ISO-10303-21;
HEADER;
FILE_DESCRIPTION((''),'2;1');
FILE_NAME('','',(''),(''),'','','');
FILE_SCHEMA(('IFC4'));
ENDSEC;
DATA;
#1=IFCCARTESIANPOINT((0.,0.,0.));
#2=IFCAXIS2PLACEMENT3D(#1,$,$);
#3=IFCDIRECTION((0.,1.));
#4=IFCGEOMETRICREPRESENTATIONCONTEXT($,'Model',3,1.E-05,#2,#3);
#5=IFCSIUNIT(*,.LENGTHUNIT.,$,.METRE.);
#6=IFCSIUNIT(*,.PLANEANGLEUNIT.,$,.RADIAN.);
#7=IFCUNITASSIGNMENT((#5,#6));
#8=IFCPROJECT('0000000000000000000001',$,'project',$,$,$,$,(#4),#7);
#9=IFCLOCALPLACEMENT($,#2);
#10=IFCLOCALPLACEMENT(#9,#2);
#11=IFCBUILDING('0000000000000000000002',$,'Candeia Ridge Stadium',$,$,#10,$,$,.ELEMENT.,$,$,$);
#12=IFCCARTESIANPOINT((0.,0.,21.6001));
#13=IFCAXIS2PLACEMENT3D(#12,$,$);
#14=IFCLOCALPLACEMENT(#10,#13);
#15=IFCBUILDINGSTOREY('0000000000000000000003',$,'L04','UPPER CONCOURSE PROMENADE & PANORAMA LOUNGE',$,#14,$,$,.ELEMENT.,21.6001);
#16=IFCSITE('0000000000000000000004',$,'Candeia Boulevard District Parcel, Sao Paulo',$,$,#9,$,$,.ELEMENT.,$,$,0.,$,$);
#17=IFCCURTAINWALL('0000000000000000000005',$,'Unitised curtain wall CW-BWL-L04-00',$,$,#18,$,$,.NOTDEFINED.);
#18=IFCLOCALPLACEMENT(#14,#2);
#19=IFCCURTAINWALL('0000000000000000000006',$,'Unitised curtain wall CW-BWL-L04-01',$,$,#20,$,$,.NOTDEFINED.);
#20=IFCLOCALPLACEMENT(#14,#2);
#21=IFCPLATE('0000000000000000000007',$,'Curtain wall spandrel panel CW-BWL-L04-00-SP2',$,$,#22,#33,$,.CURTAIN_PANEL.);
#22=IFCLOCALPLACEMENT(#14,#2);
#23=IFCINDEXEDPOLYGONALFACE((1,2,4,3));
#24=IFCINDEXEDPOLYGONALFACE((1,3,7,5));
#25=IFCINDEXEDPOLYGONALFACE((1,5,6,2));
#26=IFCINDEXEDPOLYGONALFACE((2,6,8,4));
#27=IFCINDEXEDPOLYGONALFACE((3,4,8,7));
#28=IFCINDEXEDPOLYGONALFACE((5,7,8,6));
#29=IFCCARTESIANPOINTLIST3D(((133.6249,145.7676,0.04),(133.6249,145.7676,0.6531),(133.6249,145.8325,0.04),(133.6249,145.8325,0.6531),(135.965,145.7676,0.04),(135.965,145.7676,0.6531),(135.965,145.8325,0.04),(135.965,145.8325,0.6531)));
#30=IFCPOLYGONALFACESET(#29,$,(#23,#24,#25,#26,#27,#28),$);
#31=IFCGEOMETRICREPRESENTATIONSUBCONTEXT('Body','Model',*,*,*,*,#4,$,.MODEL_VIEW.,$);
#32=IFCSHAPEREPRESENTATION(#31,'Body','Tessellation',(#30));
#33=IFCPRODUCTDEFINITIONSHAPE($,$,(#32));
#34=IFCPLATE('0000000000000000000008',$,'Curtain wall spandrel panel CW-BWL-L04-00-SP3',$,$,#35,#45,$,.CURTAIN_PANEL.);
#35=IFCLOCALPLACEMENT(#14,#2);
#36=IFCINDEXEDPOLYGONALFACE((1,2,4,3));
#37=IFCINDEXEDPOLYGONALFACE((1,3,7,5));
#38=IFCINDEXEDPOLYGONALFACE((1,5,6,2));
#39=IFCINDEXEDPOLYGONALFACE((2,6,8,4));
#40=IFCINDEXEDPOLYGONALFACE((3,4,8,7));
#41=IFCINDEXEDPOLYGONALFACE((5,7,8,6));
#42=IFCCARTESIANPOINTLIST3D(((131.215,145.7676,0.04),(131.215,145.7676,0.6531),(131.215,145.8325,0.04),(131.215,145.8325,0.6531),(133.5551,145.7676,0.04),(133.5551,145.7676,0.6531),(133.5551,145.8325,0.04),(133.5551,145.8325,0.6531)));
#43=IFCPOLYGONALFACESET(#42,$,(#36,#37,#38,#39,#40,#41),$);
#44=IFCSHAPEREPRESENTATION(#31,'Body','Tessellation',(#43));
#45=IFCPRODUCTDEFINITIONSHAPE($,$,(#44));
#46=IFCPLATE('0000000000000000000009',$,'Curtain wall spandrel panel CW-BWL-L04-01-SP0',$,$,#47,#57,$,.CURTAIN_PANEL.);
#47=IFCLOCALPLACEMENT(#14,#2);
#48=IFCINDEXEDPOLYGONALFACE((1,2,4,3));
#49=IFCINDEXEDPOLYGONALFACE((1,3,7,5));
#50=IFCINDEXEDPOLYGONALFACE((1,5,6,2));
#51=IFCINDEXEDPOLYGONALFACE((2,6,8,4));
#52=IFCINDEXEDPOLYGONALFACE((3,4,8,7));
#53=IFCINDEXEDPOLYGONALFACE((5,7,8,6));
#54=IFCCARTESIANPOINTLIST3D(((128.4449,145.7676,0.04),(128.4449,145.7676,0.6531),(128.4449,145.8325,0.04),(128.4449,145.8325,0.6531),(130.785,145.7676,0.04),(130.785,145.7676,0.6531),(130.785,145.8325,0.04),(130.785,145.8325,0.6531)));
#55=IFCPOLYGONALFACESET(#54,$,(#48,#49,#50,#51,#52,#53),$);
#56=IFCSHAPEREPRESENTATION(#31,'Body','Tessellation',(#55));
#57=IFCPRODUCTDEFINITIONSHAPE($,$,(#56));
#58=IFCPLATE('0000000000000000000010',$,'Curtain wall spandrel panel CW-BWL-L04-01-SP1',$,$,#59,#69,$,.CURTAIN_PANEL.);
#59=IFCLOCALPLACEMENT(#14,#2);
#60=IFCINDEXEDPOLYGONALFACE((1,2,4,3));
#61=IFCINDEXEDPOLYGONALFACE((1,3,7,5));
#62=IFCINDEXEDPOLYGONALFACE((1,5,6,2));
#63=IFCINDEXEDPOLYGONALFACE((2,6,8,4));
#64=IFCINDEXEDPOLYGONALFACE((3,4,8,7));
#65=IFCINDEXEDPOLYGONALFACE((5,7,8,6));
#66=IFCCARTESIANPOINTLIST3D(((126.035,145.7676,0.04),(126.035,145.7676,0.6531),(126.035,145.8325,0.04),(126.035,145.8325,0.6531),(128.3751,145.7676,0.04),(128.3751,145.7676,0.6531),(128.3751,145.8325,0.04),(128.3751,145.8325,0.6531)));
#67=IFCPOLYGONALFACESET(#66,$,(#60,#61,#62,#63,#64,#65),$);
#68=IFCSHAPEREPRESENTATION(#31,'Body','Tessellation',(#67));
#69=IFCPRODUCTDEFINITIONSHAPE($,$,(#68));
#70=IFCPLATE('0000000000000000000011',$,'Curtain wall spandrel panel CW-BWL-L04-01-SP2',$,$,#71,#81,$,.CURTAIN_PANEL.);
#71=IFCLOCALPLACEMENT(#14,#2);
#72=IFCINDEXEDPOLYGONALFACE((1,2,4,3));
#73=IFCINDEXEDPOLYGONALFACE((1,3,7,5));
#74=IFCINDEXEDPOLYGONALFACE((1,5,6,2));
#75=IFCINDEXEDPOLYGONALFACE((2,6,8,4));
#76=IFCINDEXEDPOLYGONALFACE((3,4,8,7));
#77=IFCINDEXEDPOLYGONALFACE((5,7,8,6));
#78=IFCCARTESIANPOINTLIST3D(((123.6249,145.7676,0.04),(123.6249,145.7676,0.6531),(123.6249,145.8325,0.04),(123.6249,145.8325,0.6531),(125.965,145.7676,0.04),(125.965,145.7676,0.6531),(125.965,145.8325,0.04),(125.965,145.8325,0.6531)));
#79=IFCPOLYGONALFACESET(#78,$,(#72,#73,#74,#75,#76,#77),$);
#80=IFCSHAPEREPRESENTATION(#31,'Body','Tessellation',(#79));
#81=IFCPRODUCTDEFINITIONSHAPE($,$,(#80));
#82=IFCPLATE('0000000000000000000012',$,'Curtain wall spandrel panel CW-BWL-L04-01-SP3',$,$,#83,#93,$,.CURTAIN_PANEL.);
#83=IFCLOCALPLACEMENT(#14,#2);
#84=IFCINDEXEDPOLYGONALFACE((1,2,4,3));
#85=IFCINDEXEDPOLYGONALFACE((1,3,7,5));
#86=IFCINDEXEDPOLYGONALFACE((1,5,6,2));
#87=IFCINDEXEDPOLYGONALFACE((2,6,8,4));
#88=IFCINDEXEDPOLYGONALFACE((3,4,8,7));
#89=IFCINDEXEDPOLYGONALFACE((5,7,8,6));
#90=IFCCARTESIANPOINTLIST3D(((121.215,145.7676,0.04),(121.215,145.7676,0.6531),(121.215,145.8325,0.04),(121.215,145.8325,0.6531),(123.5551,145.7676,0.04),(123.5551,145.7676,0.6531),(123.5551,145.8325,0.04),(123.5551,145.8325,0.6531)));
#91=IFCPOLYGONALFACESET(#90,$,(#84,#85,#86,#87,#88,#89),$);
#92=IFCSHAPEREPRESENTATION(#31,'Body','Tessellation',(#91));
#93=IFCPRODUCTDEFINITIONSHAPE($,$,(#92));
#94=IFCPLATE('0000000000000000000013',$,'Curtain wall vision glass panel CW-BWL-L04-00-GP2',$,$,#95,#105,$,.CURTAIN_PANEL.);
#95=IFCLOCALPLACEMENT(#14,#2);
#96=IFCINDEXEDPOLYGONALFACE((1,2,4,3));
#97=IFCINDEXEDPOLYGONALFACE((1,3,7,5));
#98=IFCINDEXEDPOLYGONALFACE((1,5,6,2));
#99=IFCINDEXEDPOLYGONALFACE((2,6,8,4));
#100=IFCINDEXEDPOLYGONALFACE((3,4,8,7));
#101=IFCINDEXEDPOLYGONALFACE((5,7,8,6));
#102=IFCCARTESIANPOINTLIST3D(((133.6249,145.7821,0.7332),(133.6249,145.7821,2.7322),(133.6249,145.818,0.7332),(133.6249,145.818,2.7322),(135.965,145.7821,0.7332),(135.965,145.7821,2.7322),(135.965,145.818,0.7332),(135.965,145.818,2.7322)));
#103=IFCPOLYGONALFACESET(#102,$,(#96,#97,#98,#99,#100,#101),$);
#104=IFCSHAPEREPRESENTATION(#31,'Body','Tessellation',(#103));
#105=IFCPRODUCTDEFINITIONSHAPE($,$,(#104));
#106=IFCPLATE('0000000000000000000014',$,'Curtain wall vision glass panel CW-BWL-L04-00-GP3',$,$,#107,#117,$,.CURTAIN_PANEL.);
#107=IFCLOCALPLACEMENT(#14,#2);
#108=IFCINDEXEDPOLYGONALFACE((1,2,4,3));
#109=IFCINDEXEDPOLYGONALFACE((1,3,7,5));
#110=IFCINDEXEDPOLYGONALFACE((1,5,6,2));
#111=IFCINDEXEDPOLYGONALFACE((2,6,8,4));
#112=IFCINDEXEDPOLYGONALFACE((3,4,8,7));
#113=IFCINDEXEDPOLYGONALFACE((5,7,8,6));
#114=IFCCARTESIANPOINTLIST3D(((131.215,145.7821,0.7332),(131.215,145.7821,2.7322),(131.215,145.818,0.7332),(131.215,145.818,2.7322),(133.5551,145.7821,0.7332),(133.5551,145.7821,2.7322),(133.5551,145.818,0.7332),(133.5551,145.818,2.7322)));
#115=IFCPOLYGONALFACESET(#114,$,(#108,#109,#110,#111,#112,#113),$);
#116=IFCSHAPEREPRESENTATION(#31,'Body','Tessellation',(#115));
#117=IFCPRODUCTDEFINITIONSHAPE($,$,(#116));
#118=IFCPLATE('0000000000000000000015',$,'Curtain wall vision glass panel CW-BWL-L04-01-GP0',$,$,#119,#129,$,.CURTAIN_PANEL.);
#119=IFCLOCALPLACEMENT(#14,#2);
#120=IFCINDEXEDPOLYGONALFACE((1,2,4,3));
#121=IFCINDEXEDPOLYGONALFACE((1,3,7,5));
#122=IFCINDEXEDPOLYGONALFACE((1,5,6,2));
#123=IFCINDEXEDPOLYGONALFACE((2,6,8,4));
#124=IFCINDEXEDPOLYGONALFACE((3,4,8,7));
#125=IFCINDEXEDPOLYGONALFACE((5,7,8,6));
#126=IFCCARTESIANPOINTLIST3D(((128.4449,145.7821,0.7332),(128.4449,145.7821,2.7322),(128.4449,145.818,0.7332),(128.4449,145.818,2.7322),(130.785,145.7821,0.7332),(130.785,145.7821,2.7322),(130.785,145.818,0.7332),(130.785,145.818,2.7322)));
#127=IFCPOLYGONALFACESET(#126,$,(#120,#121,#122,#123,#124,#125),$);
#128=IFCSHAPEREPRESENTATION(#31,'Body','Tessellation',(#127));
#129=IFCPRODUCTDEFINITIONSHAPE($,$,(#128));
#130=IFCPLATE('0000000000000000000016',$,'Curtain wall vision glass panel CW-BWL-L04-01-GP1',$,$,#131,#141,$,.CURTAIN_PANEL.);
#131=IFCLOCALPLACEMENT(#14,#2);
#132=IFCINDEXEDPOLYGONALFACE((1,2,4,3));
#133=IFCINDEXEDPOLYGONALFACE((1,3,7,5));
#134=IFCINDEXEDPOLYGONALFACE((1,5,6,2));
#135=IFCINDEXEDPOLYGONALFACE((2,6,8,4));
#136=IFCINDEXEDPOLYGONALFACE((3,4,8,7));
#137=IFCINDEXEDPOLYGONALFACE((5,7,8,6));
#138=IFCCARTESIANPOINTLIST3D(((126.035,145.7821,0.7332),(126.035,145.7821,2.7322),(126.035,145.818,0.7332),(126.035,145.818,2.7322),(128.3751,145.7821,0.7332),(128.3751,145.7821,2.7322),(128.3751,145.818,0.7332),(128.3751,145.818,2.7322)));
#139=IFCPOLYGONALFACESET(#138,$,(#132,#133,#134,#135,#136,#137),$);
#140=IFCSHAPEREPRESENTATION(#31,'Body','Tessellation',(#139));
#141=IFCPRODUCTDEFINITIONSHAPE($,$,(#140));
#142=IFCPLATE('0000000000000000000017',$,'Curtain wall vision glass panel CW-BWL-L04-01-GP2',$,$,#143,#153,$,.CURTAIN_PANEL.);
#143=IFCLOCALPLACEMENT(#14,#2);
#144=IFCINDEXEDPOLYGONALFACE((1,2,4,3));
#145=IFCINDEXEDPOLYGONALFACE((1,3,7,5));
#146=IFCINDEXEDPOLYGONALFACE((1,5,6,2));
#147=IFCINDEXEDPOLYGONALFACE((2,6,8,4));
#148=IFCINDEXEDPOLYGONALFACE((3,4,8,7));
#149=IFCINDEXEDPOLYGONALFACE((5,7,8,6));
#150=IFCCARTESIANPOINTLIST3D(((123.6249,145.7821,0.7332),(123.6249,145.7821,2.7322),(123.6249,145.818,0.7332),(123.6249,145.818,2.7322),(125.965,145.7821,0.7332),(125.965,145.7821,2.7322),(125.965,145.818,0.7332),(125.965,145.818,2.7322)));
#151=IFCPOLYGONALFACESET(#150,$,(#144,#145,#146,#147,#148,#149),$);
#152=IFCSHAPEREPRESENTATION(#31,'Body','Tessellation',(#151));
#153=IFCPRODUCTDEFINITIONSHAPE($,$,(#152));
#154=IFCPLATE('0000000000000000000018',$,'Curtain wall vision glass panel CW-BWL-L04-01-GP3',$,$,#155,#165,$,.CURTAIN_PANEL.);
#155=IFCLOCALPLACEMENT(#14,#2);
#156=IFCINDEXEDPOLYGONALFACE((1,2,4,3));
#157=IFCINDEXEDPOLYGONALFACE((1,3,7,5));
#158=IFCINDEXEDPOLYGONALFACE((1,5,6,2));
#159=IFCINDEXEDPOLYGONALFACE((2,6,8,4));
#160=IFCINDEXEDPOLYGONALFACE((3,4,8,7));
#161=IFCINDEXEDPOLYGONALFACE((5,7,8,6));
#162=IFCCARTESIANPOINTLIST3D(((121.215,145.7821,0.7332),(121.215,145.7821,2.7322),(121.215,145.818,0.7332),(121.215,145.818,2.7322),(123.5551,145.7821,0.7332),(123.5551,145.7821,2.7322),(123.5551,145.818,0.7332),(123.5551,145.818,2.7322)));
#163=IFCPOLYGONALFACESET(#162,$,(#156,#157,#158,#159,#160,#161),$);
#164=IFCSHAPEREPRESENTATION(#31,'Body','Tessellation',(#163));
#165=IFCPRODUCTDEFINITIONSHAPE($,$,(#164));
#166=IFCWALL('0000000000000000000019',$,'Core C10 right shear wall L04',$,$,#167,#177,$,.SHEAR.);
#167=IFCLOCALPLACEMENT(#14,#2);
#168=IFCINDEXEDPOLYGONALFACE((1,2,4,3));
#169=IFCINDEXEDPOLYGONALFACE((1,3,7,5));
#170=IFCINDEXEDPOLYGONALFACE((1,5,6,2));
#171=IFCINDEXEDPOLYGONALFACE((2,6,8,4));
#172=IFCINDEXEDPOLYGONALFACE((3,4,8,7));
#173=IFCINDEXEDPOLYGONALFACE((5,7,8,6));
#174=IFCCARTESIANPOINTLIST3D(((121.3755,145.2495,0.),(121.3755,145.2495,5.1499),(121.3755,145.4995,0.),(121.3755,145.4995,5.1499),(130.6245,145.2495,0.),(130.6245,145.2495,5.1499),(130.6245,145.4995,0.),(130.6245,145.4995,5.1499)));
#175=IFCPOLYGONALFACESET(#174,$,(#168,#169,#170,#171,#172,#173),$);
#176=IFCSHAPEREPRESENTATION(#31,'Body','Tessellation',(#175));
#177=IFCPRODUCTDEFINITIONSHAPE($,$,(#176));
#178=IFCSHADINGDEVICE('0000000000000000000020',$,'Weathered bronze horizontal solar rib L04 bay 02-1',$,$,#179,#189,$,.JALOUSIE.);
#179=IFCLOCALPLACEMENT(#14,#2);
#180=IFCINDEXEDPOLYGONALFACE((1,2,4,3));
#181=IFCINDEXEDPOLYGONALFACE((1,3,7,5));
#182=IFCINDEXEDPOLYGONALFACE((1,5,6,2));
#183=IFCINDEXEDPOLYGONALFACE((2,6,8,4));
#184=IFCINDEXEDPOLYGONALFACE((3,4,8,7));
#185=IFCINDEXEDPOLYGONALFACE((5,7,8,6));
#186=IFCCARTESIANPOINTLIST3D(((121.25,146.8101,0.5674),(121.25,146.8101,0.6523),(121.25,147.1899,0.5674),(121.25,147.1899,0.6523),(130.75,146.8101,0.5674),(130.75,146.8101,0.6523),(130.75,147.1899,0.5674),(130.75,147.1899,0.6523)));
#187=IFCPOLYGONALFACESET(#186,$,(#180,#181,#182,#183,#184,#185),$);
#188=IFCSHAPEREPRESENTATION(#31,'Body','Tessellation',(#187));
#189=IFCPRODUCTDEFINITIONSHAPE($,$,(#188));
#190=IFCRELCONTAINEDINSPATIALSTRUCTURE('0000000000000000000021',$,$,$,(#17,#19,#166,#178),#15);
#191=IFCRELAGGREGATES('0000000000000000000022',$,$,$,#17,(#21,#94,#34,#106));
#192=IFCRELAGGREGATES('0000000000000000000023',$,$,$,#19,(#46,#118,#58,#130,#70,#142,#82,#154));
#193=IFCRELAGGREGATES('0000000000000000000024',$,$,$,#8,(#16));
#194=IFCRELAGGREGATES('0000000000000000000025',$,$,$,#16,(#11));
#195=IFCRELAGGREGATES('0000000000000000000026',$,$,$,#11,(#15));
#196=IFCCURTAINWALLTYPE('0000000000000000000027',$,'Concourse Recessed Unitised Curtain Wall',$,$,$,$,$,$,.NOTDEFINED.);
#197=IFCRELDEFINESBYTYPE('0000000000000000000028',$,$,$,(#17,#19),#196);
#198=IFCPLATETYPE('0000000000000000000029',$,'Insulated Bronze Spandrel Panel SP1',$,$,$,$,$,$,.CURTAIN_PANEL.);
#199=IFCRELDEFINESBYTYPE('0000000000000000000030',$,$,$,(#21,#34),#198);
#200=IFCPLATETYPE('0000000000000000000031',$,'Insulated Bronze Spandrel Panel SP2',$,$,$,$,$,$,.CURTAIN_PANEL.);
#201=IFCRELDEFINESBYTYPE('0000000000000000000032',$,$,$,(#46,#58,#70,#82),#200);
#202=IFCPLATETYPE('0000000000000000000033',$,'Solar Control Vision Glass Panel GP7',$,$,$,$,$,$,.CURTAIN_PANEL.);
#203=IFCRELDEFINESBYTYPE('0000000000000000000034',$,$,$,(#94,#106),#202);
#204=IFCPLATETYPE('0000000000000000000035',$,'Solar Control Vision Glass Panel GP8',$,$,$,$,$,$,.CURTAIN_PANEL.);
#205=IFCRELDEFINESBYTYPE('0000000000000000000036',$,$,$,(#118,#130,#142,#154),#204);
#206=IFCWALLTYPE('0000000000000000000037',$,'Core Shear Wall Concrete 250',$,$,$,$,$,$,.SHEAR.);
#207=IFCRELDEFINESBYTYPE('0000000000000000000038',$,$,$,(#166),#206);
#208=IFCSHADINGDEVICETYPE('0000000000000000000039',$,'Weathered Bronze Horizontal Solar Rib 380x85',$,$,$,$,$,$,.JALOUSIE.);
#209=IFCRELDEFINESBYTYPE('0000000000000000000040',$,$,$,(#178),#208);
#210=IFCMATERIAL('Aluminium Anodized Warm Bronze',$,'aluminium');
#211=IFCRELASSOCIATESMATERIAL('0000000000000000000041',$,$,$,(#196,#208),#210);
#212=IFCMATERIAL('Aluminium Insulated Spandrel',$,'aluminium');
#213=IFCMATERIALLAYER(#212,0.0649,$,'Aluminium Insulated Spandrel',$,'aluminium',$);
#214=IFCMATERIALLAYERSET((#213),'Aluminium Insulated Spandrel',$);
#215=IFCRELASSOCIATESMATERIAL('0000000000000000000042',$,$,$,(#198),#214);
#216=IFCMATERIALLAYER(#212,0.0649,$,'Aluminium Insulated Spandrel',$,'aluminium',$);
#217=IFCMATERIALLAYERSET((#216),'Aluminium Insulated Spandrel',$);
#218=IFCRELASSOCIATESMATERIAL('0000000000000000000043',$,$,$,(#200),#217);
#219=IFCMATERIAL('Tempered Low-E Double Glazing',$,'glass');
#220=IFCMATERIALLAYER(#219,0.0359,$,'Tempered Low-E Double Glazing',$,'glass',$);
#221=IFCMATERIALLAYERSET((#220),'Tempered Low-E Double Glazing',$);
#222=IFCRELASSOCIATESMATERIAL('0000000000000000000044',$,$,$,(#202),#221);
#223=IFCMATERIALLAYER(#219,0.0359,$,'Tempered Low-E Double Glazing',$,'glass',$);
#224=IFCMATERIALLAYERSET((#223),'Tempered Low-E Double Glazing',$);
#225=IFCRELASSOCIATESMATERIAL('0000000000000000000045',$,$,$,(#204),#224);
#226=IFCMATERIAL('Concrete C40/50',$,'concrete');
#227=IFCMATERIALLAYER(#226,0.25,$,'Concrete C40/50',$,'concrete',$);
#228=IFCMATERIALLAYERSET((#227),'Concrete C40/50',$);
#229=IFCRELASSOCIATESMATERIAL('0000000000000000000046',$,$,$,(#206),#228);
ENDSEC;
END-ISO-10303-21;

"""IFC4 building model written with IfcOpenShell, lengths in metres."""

from ifc_helpers import new_model, si_unit, direction, frame, frame_2d, origin, origin_2d, place, context, subcontext, project, spatial, rectangle, extrude, material, layer, layer_set, type_object, element, aggregate, save


model = new_model("IFC4")

# Units and contexts
model_context = context("Model", 3, precision=1e-05, world=origin(), true_north=direction((0.0, 1.0)))
body_context = subcontext(model_context, "Body", "Model", "MODEL_VIEW")
ifc_project = project(units=[si_unit("LENGTHUNIT", "METRE"), si_unit("PLANEANGLEUNIT", "RADIAN")], contexts=[model_context])

# Site, building, storey
site_placement = place(None, origin())
site = spatial("IfcSite", under=ifc_project, at=site_placement, Name="Candeia Boulevard District Parcel, Sao Paulo", CompositionType="ELEMENT", RefElevation=0.0)
building_placement = place(site_placement, origin())
building = spatial("IfcBuilding", under=site, at=building_placement, Name="Candeia Ridge Stadium", CompositionType="ELEMENT")
storey_placement = place(building_placement, frame((0.0, 0.0, 21.6001)))
storey = spatial("IfcBuildingStorey", under=building, at=storey_placement, Name="L04", Description="UPPER CONCOURSE PROMENADE & PANORAMA LOUNGE", CompositionType="ELEMENT", Elevation=21.6001)

# Curtain wall
ifc_material_1 = material(Name="Aluminium Anodized Warm Bronze", Category="aluminium")
curtain_wall_type = type_object("IfcCurtainWallType", Name="Concourse Recessed Unitised Curtain Wall", PredefinedType="NOTDEFINED", material=ifc_material_1)
curtain_wall_1_placement = place(storey_placement, origin())
curtain_wall_1 = element("IfcCurtainWall", 1, at=curtain_wall_1_placement, inside=storey, type_object=curtain_wall_type, Name="Unitised curtain wall CW-BWL-L04-00", PredefinedType="NOTDEFINED")

# Curtain wall
curtain_wall_2_placement = place(storey_placement, origin())
curtain_wall_2 = element("IfcCurtainWall", 2, at=curtain_wall_2_placement, inside=storey, type_object=curtain_wall_type, Name="Unitised curtain wall CW-BWL-L04-01", PredefinedType="NOTDEFINED")

# Shared definitions
ifc_material_2 = material(Name="Concrete C40/50", Category="concrete")

# Plates
ifc_material_3 = material(Name="Aluminium Insulated Spandrel", Category="aluminium")
ifc_layer_1 = layer(ifc_material_3, 0.0649, Name="Aluminium Insulated Spandrel", Category="aluminium")
ifc_layer_set_1 = layer_set([ifc_layer_1], Name="Aluminium Insulated Spandrel")
plate_type_1 = type_object("IfcPlateType", Name="Insulated Bronze Spandrel Panel SP1", PredefinedType="CURTAIN_PANEL", material=ifc_layer_set_1)
plate_1_placement = place(storey_placement, frame((134.7949, 145.8, 0.04), z_axis=(0.0, 0.0, 1.0), x_axis=(-1.0, 0.0, 0.0)))
plate_1 = element("IfcPlate", 3, at=plate_1_placement, type_object=plate_type_1, Name="Curtain wall spandrel panel CW-BWL-L04-00-SP2", PredefinedType="CURTAIN_PANEL", context=body_context, shape_type="SweptSolid", body=[
    extrude(rectangle(XDim=2.3401, YDim=0.0649, at=origin_2d()), origin(), (0.0, 0.0, 1.0), 0.613),
])
plate_2_placement = place(storey_placement, frame((132.385, 145.8, 0.04), z_axis=(0.0, 0.0, 1.0), x_axis=(-1.0, 0.0, 0.0)))
plate_2 = element("IfcPlate", 4, at=plate_2_placement, type_object=plate_type_1, Name="Curtain wall spandrel panel CW-BWL-L04-00-SP3", PredefinedType="CURTAIN_PANEL", context=body_context, shape_type="SweptSolid", body=[
    extrude(rectangle(XDim=2.3401, YDim=0.0649, at=origin_2d()), origin(), (0.0, 0.0, 1.0), 0.613),
])
ifc_layer_2 = layer(ifc_material_3, 0.0649, Name="Aluminium Insulated Spandrel", Category="aluminium")
ifc_layer_set_2 = layer_set([ifc_layer_2], Name="Aluminium Insulated Spandrel")
plate_type_2 = type_object("IfcPlateType", Name="Insulated Bronze Spandrel Panel SP2", PredefinedType="CURTAIN_PANEL", material=ifc_layer_set_2)
plate_3_placement = place(storey_placement, frame((129.615, 145.8, 0.04), z_axis=(0.0, 0.0, 1.0), x_axis=(-1.0, 0.0, 0.0)))
plate_3 = element("IfcPlate", 5, at=plate_3_placement, type_object=plate_type_2, Name="Curtain wall spandrel panel CW-BWL-L04-01-SP0", PredefinedType="CURTAIN_PANEL", context=body_context, shape_type="SweptSolid", body=[
    extrude(rectangle(XDim=2.3401, YDim=0.0649, at=origin_2d()), origin(), (0.0, 0.0, 1.0), 0.613),
])
plate_4_placement = place(storey_placement, frame((127.2051, 145.8, 0.04), z_axis=(0.0, 0.0, 1.0), x_axis=(-1.0, 0.0, 0.0)))
plate_4 = element("IfcPlate", 6, at=plate_4_placement, type_object=plate_type_2, Name="Curtain wall spandrel panel CW-BWL-L04-01-SP1", PredefinedType="CURTAIN_PANEL", context=body_context, shape_type="SweptSolid", body=[
    extrude(rectangle(XDim=2.3401, YDim=0.0649, at=origin_2d()), origin(), (0.0, 0.0, 1.0), 0.613),
])
plate_5_placement = place(storey_placement, frame((124.7949, 145.8, 0.04), z_axis=(0.0, 0.0, 1.0), x_axis=(-1.0, 0.0, 0.0)))
plate_5 = element("IfcPlate", 7, at=plate_5_placement, type_object=plate_type_2, Name="Curtain wall spandrel panel CW-BWL-L04-01-SP2", PredefinedType="CURTAIN_PANEL", context=body_context, shape_type="SweptSolid", body=[
    extrude(rectangle(XDim=2.3401, YDim=0.0649, at=origin_2d()), origin(), (0.0, 0.0, 1.0), 0.613),
])
plate_6_placement = place(storey_placement, frame((122.385, 145.8, 0.04), z_axis=(0.0, 0.0, 1.0), x_axis=(-1.0, 0.0, 0.0)))
plate_6 = element("IfcPlate", 8, at=plate_6_placement, type_object=plate_type_2, Name="Curtain wall spandrel panel CW-BWL-L04-01-SP3", PredefinedType="CURTAIN_PANEL", context=body_context, shape_type="SweptSolid", body=[
    extrude(rectangle(XDim=2.3401, YDim=0.0649, at=origin_2d()), origin(), (0.0, 0.0, 1.0), 0.613),
])
ifc_material_4 = material(Name="Tempered Low-E Double Glazing", Category="glass")
ifc_layer_3 = layer(ifc_material_4, 0.0359, Name="Tempered Low-E Double Glazing", Category="glass")
ifc_layer_set_3 = layer_set([ifc_layer_3], Name="Tempered Low-E Double Glazing")
plate_type_3 = type_object("IfcPlateType", Name="Solar Control Vision Glass Panel GP7", PredefinedType="CURTAIN_PANEL", material=ifc_layer_set_3)
plate_7_placement = place(storey_placement, frame((134.7949, 145.8, 0.7332), z_axis=(0.0, 0.0, 1.0), x_axis=(-1.0, 0.0, 0.0)))
plate_7 = element("IfcPlate", 9, at=plate_7_placement, type_object=plate_type_3, Name="Curtain wall vision glass panel CW-BWL-L04-00-GP2", PredefinedType="CURTAIN_PANEL", context=body_context, shape_type="SweptSolid", body=[
    extrude(rectangle(XDim=2.3401, YDim=0.0359, at=origin_2d()), origin(), (0.0, 0.0, 1.0), 1.999),
])
plate_8_placement = place(storey_placement, frame((132.385, 145.8, 0.7332), z_axis=(0.0, 0.0, 1.0), x_axis=(-1.0, 0.0, 0.0)))
plate_8 = element("IfcPlate", 10, at=plate_8_placement, type_object=plate_type_3, Name="Curtain wall vision glass panel CW-BWL-L04-00-GP3", PredefinedType="CURTAIN_PANEL", context=body_context, shape_type="SweptSolid", body=[
    extrude(rectangle(XDim=2.3401, YDim=0.0359, at=origin_2d()), origin(), (0.0, 0.0, 1.0), 1.999),
])
aggregate(curtain_wall_1, [plate_1, plate_7, plate_2, plate_8])
ifc_layer_4 = layer(ifc_material_4, 0.0359, Name="Tempered Low-E Double Glazing", Category="glass")
ifc_layer_set_4 = layer_set([ifc_layer_4], Name="Tempered Low-E Double Glazing")
plate_type_4 = type_object("IfcPlateType", Name="Solar Control Vision Glass Panel GP8", PredefinedType="CURTAIN_PANEL", material=ifc_layer_set_4)
plate_9_placement = place(storey_placement, frame((129.615, 145.8, 0.7332), z_axis=(0.0, 0.0, 1.0), x_axis=(-1.0, 0.0, 0.0)))
plate_9 = element("IfcPlate", 11, at=plate_9_placement, type_object=plate_type_4, Name="Curtain wall vision glass panel CW-BWL-L04-01-GP0", PredefinedType="CURTAIN_PANEL", context=body_context, shape_type="SweptSolid", body=[
    extrude(rectangle(XDim=2.3401, YDim=0.0359, at=origin_2d()), origin(), (0.0, 0.0, 1.0), 1.999),
])
plate_10_placement = place(storey_placement, frame((127.2051, 145.8, 0.7332), z_axis=(0.0, 0.0, 1.0), x_axis=(-1.0, 0.0, 0.0)))
plate_10 = element("IfcPlate", 12, at=plate_10_placement, type_object=plate_type_4, Name="Curtain wall vision glass panel CW-BWL-L04-01-GP1", PredefinedType="CURTAIN_PANEL", context=body_context, shape_type="SweptSolid", body=[
    extrude(rectangle(XDim=2.3401, YDim=0.0359, at=origin_2d()), origin(), (0.0, 0.0, 1.0), 1.999),
])
plate_11_placement = place(storey_placement, frame((124.7949, 145.8, 0.7332), z_axis=(0.0, 0.0, 1.0), x_axis=(-1.0, 0.0, 0.0)))
plate_11 = element("IfcPlate", 13, at=plate_11_placement, type_object=plate_type_4, Name="Curtain wall vision glass panel CW-BWL-L04-01-GP2", PredefinedType="CURTAIN_PANEL", context=body_context, shape_type="SweptSolid", body=[
    extrude(rectangle(XDim=2.3401, YDim=0.0359, at=origin_2d()), origin(), (0.0, 0.0, 1.0), 1.999),
])
plate_12_placement = place(storey_placement, frame((122.385, 145.8, 0.7332), z_axis=(0.0, 0.0, 1.0), x_axis=(-1.0, 0.0, 0.0)))
plate_12 = element("IfcPlate", 14, at=plate_12_placement, type_object=plate_type_4, Name="Curtain wall vision glass panel CW-BWL-L04-01-GP3", PredefinedType="CURTAIN_PANEL", context=body_context, shape_type="SweptSolid", body=[
    extrude(rectangle(XDim=2.3401, YDim=0.0359, at=origin_2d()), origin(), (0.0, 0.0, 1.0), 1.999),
])
aggregate(curtain_wall_2, [plate_3, plate_9, plate_4, plate_10, plate_5, plate_11, plate_6, plate_12])

# Wall
ifc_layer_5 = layer(ifc_material_2, 0.25, Name="Concrete C40/50", Category="concrete")
ifc_layer_set_5 = layer_set([ifc_layer_5], Name="Concrete C40/50")
wall_type = type_object("IfcWallType", Name="Core Shear Wall Concrete 250", PredefinedType="SHEAR", material=ifc_layer_set_5)
wall_placement = place(storey_placement, frame((130.6245, 145.3745, 0.0), z_axis=(0.0, 0.0, 1.0), x_axis=(-1.0, 0.0, 0.0)))
element("IfcWall", 15, at=wall_placement, inside=storey, type_object=wall_type, Name="Core C10 right shear wall L04", PredefinedType="SHEAR", context=body_context, shape_type="SweptSolid", body=[
    extrude(rectangle(XDim=9.249, YDim=0.25, at=frame_2d((4.6245, 0.0))), origin(), (0.0, 0.0, 1.0), 5.1499),
])

# Shading device
shading_device_type = type_object("IfcShadingDeviceType", Name="Weathered Bronze Horizontal Solar Rib 380x85", PredefinedType="JALOUSIE", material=ifc_material_1)
for number, where, z_axis, x_axis, name in (
    (16, (126.0, 147.0, 0.5674), (0.0, 0.0, 1.0), (-1.0, 0.0, 0.0), "Weathered bronze horizontal solar rib L04 bay 02-1"),
):
    element("IfcShadingDevice", number, at=place(storey_placement, frame(where, z_axis=z_axis, x_axis=x_axis)), inside=storey, type_object=shading_device_type, Name=name, PredefinedType="JALOUSIE", context=body_context, shape_type="SweptSolid", body=[
        extrude(rectangle(XDim=9.5, YDim=0.3799, at=origin_2d()), origin(), (0.0, 0.0, 1.0), 0.085),
    ])

save(model, "model.ifc")
